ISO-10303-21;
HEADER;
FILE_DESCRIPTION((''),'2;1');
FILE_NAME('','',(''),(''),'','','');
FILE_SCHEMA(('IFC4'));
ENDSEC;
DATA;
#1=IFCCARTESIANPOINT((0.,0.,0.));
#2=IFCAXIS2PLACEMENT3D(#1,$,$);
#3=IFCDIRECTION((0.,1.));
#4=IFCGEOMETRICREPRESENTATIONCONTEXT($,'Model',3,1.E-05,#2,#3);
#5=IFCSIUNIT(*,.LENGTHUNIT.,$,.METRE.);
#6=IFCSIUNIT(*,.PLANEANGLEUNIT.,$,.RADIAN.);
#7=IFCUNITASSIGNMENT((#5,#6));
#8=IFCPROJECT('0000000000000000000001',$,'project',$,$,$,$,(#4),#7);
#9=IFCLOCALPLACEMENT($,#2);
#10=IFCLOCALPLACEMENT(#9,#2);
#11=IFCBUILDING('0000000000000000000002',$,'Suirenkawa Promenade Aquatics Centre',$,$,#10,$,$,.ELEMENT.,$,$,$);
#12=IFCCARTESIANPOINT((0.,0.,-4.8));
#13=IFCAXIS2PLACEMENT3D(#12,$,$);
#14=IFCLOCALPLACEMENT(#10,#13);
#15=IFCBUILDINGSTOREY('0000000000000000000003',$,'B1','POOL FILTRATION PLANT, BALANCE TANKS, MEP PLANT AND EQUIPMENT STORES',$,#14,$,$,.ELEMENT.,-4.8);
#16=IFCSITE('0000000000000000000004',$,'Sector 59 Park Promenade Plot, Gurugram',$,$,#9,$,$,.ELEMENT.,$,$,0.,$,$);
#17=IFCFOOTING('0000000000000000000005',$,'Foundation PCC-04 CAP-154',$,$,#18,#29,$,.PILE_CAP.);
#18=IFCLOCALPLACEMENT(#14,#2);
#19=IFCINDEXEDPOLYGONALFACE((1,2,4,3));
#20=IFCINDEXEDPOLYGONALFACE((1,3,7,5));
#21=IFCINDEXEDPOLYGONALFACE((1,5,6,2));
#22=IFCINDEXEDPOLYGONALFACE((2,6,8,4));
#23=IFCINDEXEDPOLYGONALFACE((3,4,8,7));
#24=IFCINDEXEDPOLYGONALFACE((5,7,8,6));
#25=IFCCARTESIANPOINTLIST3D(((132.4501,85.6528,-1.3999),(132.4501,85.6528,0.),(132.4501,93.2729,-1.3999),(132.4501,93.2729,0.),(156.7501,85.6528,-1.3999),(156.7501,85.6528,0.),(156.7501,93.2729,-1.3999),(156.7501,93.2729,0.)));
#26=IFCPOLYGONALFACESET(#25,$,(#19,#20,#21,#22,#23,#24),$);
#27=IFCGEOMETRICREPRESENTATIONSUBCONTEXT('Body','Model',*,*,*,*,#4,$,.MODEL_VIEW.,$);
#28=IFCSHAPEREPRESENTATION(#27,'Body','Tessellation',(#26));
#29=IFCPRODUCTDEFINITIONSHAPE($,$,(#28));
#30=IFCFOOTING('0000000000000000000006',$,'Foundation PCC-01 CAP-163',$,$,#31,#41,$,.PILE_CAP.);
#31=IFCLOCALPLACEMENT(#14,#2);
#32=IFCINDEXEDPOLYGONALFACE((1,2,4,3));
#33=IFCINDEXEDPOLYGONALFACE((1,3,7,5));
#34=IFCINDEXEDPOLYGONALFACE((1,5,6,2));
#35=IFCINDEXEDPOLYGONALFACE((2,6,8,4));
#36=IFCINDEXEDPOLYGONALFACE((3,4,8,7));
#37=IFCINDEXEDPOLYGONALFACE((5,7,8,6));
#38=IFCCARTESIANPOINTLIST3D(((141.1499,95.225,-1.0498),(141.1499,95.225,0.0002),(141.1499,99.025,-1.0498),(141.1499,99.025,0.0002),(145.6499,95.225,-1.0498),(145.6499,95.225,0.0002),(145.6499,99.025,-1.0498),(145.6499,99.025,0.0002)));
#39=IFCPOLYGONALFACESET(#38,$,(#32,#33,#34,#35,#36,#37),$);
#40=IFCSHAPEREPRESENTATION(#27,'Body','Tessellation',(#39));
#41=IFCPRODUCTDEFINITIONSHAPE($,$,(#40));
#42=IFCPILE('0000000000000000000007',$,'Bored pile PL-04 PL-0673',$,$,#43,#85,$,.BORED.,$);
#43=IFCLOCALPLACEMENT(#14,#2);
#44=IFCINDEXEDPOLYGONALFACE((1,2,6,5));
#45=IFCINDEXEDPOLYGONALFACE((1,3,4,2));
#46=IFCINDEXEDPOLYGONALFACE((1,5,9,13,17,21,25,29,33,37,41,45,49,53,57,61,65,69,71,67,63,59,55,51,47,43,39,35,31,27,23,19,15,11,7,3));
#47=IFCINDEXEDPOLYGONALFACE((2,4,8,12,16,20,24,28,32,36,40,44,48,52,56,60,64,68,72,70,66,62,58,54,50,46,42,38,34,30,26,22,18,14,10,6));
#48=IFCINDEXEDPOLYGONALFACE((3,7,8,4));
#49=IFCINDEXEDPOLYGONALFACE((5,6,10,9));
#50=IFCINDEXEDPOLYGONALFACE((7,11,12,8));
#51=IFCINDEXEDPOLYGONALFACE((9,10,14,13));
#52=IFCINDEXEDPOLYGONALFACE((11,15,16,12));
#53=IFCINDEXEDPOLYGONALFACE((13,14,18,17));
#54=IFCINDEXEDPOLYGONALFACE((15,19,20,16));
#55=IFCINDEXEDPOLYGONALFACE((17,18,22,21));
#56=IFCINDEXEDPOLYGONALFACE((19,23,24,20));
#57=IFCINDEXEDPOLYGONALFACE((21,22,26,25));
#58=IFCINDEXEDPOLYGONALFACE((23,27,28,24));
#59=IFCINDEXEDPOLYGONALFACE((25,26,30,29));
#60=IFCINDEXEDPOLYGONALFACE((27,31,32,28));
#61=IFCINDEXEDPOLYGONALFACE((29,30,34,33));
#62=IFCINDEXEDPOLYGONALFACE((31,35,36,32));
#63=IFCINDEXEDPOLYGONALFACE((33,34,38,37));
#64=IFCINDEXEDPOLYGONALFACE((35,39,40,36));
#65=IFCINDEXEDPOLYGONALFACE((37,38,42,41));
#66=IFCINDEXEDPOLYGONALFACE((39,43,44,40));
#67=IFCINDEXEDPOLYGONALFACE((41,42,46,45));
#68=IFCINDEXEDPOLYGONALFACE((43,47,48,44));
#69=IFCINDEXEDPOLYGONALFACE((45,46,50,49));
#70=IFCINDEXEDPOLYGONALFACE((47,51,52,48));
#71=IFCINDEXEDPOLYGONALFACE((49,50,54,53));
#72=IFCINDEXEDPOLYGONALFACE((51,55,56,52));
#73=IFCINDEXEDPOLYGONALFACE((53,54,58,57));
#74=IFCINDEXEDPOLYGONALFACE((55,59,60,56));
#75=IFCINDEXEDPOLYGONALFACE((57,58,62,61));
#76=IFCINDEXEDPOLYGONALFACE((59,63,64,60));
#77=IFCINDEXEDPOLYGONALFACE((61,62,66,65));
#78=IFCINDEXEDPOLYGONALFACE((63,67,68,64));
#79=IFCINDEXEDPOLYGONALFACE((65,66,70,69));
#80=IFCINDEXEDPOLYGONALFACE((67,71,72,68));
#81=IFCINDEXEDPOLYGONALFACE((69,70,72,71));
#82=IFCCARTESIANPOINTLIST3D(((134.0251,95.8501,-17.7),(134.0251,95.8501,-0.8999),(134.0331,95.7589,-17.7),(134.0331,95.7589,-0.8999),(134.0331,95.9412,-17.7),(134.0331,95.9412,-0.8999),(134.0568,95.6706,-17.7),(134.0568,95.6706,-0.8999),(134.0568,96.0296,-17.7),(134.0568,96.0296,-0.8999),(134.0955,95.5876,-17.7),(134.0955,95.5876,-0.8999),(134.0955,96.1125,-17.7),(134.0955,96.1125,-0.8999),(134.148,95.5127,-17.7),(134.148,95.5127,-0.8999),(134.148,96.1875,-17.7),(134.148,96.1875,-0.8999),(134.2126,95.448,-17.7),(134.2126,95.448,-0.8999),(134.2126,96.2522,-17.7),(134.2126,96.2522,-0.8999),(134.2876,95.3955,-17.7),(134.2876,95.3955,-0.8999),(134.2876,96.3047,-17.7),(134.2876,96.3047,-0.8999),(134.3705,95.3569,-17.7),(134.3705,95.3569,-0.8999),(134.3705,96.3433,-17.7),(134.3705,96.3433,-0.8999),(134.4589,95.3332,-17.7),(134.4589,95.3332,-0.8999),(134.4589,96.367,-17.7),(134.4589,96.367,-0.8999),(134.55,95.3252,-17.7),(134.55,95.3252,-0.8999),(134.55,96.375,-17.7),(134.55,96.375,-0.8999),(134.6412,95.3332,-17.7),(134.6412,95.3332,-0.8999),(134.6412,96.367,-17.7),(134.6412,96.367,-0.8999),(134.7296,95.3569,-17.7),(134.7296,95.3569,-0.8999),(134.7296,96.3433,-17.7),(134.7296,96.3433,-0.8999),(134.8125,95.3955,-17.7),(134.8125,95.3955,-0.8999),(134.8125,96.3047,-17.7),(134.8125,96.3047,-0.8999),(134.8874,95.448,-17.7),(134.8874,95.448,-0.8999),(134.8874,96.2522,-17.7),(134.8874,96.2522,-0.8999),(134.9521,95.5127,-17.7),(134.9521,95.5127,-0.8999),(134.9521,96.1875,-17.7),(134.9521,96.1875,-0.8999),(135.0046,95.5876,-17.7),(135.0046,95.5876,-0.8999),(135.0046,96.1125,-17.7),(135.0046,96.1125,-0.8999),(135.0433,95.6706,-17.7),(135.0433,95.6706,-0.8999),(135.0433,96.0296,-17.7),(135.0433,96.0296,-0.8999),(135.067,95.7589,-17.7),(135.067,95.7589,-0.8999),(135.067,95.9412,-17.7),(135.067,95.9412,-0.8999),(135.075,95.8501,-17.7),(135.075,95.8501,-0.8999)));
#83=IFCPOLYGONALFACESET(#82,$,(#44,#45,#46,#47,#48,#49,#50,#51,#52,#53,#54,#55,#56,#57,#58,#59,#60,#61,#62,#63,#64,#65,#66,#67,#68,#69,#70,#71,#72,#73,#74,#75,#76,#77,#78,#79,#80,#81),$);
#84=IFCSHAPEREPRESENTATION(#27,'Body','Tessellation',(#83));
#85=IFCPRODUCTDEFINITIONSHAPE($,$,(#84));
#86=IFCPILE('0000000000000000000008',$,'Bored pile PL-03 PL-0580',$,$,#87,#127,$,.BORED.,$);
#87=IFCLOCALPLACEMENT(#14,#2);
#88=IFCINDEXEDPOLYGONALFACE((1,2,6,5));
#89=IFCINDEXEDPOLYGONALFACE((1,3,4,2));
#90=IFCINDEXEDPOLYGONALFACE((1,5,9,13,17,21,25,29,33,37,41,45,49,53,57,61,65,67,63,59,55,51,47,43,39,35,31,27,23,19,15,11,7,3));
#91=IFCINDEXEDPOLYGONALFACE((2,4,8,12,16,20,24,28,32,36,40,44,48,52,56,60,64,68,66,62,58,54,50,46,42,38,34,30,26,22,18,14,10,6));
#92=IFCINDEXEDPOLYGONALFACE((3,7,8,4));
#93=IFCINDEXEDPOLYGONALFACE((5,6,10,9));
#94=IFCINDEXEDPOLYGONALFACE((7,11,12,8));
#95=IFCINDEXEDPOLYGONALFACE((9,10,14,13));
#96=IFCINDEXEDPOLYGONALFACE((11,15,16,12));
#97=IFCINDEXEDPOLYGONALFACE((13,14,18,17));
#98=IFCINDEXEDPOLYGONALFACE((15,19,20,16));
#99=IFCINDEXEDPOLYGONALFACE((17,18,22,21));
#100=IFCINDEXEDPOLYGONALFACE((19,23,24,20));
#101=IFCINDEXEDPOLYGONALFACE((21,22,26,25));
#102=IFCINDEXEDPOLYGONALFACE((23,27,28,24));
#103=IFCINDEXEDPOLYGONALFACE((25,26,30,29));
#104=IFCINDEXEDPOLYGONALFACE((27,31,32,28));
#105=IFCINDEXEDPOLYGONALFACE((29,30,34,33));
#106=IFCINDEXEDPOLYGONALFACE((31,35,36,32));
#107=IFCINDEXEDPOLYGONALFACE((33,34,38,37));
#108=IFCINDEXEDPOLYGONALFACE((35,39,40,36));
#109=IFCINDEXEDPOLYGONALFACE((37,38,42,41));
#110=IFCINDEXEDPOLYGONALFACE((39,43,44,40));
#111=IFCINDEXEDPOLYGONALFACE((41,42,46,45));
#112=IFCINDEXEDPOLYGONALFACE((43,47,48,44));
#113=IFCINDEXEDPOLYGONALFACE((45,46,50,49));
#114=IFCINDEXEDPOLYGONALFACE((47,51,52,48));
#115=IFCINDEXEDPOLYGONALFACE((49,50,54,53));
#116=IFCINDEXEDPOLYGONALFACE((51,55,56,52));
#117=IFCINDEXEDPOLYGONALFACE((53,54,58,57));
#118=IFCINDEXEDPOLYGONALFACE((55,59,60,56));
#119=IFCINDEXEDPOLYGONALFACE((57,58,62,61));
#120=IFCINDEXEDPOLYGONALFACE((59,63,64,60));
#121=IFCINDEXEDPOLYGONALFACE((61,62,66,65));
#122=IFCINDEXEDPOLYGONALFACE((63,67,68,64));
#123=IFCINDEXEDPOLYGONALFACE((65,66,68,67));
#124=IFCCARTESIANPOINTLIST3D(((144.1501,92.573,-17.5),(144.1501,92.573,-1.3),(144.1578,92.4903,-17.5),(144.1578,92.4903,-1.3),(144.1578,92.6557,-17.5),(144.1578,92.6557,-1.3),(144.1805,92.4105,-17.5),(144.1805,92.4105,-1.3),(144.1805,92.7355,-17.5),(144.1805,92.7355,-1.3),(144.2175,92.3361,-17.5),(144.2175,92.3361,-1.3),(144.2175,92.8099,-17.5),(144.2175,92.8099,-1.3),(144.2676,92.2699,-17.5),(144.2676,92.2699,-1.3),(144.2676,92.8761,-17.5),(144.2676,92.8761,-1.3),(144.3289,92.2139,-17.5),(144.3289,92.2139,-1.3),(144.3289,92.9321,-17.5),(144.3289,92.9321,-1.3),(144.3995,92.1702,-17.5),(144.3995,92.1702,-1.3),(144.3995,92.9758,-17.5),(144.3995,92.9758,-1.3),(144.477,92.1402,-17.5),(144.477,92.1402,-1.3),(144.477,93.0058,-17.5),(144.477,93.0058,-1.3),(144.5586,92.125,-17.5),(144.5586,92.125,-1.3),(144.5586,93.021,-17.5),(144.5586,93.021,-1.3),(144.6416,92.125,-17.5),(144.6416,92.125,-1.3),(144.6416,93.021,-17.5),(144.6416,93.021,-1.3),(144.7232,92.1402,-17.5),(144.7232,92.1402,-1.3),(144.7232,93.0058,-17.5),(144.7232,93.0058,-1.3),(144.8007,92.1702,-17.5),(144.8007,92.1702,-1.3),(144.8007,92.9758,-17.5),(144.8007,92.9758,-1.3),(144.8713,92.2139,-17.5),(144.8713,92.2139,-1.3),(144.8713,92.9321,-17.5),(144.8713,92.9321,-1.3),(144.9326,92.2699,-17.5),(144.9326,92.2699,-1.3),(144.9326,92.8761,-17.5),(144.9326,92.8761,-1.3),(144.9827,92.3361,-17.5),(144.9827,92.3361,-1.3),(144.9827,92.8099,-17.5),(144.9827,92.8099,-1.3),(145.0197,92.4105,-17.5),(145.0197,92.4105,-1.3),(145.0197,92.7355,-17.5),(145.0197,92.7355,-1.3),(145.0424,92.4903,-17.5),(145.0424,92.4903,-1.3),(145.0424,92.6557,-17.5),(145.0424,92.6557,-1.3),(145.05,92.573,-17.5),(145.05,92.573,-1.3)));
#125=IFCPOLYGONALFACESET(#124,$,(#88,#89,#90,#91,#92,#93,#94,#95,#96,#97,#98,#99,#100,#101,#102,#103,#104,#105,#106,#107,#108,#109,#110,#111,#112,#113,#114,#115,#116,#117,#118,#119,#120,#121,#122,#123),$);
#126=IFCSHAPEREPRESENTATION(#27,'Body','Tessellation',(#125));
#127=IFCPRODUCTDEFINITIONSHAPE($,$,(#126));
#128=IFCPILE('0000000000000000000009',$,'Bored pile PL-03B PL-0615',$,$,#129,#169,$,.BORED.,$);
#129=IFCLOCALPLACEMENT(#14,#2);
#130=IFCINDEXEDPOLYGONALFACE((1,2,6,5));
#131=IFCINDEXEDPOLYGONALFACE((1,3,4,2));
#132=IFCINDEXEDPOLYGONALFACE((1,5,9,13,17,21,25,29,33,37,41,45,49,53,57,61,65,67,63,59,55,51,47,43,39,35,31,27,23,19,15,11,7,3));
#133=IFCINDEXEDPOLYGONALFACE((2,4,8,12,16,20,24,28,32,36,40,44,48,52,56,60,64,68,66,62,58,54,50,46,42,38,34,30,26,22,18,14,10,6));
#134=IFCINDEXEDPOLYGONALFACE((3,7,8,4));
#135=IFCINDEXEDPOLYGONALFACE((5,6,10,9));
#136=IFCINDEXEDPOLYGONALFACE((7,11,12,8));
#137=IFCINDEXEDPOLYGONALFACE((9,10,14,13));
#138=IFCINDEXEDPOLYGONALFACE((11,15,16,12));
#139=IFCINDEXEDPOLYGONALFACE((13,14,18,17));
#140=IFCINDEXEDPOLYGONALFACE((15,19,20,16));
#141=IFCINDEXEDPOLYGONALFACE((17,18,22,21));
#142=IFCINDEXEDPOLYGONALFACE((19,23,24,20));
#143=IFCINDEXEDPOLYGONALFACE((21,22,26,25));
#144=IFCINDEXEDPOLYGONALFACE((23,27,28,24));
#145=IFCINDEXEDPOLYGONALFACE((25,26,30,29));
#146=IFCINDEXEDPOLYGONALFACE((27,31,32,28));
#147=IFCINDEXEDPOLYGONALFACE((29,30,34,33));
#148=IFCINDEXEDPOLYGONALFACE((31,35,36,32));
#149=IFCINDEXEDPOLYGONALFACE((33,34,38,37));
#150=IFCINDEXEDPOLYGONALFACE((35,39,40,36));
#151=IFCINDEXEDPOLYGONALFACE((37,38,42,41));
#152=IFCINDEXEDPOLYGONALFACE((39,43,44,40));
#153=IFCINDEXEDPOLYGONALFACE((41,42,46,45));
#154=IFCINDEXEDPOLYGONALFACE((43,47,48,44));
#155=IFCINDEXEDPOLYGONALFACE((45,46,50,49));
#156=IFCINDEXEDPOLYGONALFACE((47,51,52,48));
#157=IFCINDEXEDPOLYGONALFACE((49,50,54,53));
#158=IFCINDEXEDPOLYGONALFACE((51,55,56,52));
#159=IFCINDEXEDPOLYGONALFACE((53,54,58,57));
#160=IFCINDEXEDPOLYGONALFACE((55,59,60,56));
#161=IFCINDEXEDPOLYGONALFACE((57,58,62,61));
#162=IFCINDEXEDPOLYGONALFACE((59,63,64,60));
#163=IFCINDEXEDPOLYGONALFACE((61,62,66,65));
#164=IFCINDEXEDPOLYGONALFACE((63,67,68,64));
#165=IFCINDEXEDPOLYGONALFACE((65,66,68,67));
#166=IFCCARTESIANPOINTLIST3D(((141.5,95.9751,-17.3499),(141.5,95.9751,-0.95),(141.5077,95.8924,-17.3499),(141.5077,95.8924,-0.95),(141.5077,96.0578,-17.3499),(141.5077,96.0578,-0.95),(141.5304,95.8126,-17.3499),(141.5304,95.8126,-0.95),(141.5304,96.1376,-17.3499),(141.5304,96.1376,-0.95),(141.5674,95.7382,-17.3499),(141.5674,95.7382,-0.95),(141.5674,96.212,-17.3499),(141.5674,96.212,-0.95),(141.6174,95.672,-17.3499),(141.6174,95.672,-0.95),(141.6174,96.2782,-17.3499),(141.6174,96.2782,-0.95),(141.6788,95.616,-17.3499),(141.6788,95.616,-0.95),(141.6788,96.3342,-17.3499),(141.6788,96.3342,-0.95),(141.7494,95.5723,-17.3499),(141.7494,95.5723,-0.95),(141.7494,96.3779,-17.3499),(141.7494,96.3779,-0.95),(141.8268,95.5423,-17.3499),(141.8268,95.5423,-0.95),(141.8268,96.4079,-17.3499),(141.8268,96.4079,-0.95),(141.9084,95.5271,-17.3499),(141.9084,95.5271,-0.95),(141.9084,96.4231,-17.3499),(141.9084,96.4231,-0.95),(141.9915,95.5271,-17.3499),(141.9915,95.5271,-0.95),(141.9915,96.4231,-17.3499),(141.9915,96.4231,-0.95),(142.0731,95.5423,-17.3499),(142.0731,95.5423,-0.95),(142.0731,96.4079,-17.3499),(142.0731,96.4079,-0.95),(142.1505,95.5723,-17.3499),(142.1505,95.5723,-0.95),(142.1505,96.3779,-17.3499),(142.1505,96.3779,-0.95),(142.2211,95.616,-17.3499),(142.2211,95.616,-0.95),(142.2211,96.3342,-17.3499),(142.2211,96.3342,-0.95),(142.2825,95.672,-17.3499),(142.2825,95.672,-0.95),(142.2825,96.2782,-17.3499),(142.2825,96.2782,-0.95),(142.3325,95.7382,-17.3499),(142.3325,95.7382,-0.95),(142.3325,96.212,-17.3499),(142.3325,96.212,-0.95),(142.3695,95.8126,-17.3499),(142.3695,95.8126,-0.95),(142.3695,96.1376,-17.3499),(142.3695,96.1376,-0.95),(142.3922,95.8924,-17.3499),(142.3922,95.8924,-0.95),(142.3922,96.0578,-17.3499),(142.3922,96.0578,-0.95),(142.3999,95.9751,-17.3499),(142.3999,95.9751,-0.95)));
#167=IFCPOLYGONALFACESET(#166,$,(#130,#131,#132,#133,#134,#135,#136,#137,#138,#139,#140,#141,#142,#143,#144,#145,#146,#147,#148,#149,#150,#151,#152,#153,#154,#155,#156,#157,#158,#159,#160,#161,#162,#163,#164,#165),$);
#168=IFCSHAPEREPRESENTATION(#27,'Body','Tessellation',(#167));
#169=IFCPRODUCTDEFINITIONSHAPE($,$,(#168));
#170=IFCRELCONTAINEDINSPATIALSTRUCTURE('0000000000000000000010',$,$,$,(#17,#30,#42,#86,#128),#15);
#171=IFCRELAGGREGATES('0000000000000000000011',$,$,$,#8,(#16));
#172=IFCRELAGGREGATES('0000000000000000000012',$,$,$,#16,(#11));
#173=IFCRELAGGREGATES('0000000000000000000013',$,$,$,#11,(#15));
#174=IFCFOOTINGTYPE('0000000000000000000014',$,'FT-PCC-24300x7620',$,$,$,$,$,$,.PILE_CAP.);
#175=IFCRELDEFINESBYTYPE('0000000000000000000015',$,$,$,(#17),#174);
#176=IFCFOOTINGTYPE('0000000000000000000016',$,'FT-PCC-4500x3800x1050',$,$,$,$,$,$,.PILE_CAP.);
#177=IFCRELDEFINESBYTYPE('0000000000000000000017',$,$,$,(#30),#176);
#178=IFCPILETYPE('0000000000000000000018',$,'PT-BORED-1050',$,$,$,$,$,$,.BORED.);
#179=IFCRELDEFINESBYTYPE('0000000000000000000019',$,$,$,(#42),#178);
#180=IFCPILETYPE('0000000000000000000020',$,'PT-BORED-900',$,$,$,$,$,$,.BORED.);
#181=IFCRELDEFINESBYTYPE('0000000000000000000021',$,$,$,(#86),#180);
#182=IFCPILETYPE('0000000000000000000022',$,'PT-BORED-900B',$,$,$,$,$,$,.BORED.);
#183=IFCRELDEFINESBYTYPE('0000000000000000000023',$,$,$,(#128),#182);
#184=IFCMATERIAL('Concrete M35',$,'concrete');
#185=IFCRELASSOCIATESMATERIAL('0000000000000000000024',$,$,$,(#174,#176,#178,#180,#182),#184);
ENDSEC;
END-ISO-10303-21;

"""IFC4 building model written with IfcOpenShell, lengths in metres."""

from ifc_helpers import new_model, si_unit, direction, frame, origin, origin_2d, place, context, subcontext, project, spatial, rectangle, circle, extrude, material, material_profile, profile_set, type_object, element, save


model = new_model("IFC4")

# Units and contexts
model_context = context("Model", 3, precision=1e-05, world=origin(), true_north=direction((0.0, 1.0)))
body_context = subcontext(model_context, "Body", "Model", "MODEL_VIEW")
ifc_project = project(units=[si_unit("LENGTHUNIT", "METRE"), si_unit("PLANEANGLEUNIT", "RADIAN")], contexts=[model_context])

# Site, building, storey
site_placement = place(None, origin())
site = spatial("IfcSite", under=ifc_project, at=site_placement, Name="Sector 59 Park Promenade Plot, Gurugram", CompositionType="ELEMENT", RefElevation=0.0)
building_placement = place(site_placement, origin())
building = spatial("IfcBuilding", under=site, at=building_placement, Name="Suirenkawa Promenade Aquatics Centre", CompositionType="ELEMENT")
storey_placement = place(building_placement, frame((0.0, 0.0, -4.8)))
storey = spatial("IfcBuildingStorey", under=building, at=storey_placement, Name="B1", Description="POOL FILTRATION PLANT, BALANCE TANKS, MEP PLANT AND EQUIPMENT STORES", CompositionType="ELEMENT", Elevation=-4.8)

# Footings
ifc_material_1 = material(Name="Concrete M35", Category="concrete")
footing_type_1 = type_object("IfcFootingType", Name="FT-PCC-24300x7620", PredefinedType="PILE_CAP", material=ifc_material_1)
footing_1_placement = place(storey_placement, frame((144.6001, 89.4629, -1.3999), z_axis=(0.0, 0.0, 1.0), x_axis=(1.0, 0.0, 0.0)))
element("IfcFooting", 1, at=footing_1_placement, inside=storey, type_object=footing_type_1, Name="Foundation PCC-04 CAP-154", PredefinedType="PILE_CAP", context=body_context, shape_type="SweptSolid", body=[
    extrude(rectangle(XDim=24.3, YDim=7.6201, at=origin_2d()), origin(), (0.0, 0.0, 1.0), 1.3999),
])
footing_type_2 = type_object("IfcFootingType", Name="FT-PCC-4500x3800x1050", PredefinedType="PILE_CAP", material=ifc_material_1)
footing_2_placement = place(storey_placement, frame((143.3999, 97.125, -1.0498), z_axis=(0.0, 0.0, 1.0), x_axis=(1.0, 0.0, 0.0)))
element("IfcFooting", 2, at=footing_2_placement, inside=storey, type_object=footing_type_2, Name="Foundation PCC-01 CAP-163", PredefinedType="PILE_CAP", context=body_context, shape_type="SweptSolid", body=[
    extrude(rectangle(XDim=4.5, YDim=3.8, at=origin_2d()), origin(), (0.0, 0.0, 1.0), 1.05),
])

# Piles
ifc_material_profile_1 = material_profile(ifc_material_1, circle(Radius=0.5249, at=origin_2d()), Name="PILE D1050", Category="concrete")
ifc_profile_set_1 = profile_set([ifc_material_profile_1], Name="Concrete M35")
pile_type_1 = type_object("IfcPileType", Name="PT-BORED-1050", PredefinedType="BORED", material=ifc_profile_set_1)
pile_1_placement = place(storey_placement, frame((134.55, 95.8501, -0.8999), z_axis=(0.0, 0.0, -1.0), x_axis=(1.0, 0.0, 0.0)))
element("IfcPile", 3, at=pile_1_placement, inside=storey, type_object=pile_type_1, Name="Bored pile PL-04 PL-0673", PredefinedType="BORED", context=body_context, shape_type="SweptSolid", body=[
    extrude(circle(Radius=0.5249, at=origin_2d()), origin(), (0.0, 0.0, 1.0), 16.8),
])
ifc_material_profile_2 = material_profile(ifc_material_1, circle(Radius=0.45, at=origin_2d()), Name="PILE D900", Category="concrete")
ifc_profile_set_2 = profile_set([ifc_material_profile_2], Name="Concrete M35")
pile_type_2 = type_object("IfcPileType", Name="PT-BORED-900", PredefinedType="BORED", material=ifc_profile_set_2)
pile_2_placement = place(storey_placement, frame((144.6001, 92.573, -1.3), z_axis=(0.0, 0.0, -1.0), x_axis=(1.0, 0.0, 0.0)))
element("IfcPile", 4, at=pile_2_placement, inside=storey, type_object=pile_type_2, Name="Bored pile PL-03 PL-0580", PredefinedType="BORED", context=body_context, shape_type="SweptSolid", body=[
    extrude(circle(Radius=0.45, at=origin_2d()), origin(), (0.0, 0.0, 1.0), 16.2),
])
ifc_material_profile_3 = material_profile(ifc_material_1, circle(Radius=0.45, at=origin_2d()), Name="PILE D900", Category="concrete")
ifc_profile_set_3 = profile_set([ifc_material_profile_3], Name="Concrete M35")
pile_type_3 = type_object("IfcPileType", Name="PT-BORED-900B", PredefinedType="BORED", material=ifc_profile_set_3)
for number, where, z_axis, x_axis, name in (
    (5, (141.95, 95.9751, -0.95), (0.0, 0.0, -1.0), (1.0, 0.0, 0.0), "Bored pile PL-03B PL-0615"),
):
    element("IfcPile", number, at=place(storey_placement, frame(where, z_axis=z_axis, x_axis=x_axis)), inside=storey, type_object=pile_type_3, Name=name, PredefinedType="BORED", context=body_context, shape_type="SweptSolid", body=[
        extrude(circle(Radius=0.45, at=origin_2d()), origin(), (0.0, 0.0, 1.0), 16.3999),
    ])

save(model, "model.ifc")
